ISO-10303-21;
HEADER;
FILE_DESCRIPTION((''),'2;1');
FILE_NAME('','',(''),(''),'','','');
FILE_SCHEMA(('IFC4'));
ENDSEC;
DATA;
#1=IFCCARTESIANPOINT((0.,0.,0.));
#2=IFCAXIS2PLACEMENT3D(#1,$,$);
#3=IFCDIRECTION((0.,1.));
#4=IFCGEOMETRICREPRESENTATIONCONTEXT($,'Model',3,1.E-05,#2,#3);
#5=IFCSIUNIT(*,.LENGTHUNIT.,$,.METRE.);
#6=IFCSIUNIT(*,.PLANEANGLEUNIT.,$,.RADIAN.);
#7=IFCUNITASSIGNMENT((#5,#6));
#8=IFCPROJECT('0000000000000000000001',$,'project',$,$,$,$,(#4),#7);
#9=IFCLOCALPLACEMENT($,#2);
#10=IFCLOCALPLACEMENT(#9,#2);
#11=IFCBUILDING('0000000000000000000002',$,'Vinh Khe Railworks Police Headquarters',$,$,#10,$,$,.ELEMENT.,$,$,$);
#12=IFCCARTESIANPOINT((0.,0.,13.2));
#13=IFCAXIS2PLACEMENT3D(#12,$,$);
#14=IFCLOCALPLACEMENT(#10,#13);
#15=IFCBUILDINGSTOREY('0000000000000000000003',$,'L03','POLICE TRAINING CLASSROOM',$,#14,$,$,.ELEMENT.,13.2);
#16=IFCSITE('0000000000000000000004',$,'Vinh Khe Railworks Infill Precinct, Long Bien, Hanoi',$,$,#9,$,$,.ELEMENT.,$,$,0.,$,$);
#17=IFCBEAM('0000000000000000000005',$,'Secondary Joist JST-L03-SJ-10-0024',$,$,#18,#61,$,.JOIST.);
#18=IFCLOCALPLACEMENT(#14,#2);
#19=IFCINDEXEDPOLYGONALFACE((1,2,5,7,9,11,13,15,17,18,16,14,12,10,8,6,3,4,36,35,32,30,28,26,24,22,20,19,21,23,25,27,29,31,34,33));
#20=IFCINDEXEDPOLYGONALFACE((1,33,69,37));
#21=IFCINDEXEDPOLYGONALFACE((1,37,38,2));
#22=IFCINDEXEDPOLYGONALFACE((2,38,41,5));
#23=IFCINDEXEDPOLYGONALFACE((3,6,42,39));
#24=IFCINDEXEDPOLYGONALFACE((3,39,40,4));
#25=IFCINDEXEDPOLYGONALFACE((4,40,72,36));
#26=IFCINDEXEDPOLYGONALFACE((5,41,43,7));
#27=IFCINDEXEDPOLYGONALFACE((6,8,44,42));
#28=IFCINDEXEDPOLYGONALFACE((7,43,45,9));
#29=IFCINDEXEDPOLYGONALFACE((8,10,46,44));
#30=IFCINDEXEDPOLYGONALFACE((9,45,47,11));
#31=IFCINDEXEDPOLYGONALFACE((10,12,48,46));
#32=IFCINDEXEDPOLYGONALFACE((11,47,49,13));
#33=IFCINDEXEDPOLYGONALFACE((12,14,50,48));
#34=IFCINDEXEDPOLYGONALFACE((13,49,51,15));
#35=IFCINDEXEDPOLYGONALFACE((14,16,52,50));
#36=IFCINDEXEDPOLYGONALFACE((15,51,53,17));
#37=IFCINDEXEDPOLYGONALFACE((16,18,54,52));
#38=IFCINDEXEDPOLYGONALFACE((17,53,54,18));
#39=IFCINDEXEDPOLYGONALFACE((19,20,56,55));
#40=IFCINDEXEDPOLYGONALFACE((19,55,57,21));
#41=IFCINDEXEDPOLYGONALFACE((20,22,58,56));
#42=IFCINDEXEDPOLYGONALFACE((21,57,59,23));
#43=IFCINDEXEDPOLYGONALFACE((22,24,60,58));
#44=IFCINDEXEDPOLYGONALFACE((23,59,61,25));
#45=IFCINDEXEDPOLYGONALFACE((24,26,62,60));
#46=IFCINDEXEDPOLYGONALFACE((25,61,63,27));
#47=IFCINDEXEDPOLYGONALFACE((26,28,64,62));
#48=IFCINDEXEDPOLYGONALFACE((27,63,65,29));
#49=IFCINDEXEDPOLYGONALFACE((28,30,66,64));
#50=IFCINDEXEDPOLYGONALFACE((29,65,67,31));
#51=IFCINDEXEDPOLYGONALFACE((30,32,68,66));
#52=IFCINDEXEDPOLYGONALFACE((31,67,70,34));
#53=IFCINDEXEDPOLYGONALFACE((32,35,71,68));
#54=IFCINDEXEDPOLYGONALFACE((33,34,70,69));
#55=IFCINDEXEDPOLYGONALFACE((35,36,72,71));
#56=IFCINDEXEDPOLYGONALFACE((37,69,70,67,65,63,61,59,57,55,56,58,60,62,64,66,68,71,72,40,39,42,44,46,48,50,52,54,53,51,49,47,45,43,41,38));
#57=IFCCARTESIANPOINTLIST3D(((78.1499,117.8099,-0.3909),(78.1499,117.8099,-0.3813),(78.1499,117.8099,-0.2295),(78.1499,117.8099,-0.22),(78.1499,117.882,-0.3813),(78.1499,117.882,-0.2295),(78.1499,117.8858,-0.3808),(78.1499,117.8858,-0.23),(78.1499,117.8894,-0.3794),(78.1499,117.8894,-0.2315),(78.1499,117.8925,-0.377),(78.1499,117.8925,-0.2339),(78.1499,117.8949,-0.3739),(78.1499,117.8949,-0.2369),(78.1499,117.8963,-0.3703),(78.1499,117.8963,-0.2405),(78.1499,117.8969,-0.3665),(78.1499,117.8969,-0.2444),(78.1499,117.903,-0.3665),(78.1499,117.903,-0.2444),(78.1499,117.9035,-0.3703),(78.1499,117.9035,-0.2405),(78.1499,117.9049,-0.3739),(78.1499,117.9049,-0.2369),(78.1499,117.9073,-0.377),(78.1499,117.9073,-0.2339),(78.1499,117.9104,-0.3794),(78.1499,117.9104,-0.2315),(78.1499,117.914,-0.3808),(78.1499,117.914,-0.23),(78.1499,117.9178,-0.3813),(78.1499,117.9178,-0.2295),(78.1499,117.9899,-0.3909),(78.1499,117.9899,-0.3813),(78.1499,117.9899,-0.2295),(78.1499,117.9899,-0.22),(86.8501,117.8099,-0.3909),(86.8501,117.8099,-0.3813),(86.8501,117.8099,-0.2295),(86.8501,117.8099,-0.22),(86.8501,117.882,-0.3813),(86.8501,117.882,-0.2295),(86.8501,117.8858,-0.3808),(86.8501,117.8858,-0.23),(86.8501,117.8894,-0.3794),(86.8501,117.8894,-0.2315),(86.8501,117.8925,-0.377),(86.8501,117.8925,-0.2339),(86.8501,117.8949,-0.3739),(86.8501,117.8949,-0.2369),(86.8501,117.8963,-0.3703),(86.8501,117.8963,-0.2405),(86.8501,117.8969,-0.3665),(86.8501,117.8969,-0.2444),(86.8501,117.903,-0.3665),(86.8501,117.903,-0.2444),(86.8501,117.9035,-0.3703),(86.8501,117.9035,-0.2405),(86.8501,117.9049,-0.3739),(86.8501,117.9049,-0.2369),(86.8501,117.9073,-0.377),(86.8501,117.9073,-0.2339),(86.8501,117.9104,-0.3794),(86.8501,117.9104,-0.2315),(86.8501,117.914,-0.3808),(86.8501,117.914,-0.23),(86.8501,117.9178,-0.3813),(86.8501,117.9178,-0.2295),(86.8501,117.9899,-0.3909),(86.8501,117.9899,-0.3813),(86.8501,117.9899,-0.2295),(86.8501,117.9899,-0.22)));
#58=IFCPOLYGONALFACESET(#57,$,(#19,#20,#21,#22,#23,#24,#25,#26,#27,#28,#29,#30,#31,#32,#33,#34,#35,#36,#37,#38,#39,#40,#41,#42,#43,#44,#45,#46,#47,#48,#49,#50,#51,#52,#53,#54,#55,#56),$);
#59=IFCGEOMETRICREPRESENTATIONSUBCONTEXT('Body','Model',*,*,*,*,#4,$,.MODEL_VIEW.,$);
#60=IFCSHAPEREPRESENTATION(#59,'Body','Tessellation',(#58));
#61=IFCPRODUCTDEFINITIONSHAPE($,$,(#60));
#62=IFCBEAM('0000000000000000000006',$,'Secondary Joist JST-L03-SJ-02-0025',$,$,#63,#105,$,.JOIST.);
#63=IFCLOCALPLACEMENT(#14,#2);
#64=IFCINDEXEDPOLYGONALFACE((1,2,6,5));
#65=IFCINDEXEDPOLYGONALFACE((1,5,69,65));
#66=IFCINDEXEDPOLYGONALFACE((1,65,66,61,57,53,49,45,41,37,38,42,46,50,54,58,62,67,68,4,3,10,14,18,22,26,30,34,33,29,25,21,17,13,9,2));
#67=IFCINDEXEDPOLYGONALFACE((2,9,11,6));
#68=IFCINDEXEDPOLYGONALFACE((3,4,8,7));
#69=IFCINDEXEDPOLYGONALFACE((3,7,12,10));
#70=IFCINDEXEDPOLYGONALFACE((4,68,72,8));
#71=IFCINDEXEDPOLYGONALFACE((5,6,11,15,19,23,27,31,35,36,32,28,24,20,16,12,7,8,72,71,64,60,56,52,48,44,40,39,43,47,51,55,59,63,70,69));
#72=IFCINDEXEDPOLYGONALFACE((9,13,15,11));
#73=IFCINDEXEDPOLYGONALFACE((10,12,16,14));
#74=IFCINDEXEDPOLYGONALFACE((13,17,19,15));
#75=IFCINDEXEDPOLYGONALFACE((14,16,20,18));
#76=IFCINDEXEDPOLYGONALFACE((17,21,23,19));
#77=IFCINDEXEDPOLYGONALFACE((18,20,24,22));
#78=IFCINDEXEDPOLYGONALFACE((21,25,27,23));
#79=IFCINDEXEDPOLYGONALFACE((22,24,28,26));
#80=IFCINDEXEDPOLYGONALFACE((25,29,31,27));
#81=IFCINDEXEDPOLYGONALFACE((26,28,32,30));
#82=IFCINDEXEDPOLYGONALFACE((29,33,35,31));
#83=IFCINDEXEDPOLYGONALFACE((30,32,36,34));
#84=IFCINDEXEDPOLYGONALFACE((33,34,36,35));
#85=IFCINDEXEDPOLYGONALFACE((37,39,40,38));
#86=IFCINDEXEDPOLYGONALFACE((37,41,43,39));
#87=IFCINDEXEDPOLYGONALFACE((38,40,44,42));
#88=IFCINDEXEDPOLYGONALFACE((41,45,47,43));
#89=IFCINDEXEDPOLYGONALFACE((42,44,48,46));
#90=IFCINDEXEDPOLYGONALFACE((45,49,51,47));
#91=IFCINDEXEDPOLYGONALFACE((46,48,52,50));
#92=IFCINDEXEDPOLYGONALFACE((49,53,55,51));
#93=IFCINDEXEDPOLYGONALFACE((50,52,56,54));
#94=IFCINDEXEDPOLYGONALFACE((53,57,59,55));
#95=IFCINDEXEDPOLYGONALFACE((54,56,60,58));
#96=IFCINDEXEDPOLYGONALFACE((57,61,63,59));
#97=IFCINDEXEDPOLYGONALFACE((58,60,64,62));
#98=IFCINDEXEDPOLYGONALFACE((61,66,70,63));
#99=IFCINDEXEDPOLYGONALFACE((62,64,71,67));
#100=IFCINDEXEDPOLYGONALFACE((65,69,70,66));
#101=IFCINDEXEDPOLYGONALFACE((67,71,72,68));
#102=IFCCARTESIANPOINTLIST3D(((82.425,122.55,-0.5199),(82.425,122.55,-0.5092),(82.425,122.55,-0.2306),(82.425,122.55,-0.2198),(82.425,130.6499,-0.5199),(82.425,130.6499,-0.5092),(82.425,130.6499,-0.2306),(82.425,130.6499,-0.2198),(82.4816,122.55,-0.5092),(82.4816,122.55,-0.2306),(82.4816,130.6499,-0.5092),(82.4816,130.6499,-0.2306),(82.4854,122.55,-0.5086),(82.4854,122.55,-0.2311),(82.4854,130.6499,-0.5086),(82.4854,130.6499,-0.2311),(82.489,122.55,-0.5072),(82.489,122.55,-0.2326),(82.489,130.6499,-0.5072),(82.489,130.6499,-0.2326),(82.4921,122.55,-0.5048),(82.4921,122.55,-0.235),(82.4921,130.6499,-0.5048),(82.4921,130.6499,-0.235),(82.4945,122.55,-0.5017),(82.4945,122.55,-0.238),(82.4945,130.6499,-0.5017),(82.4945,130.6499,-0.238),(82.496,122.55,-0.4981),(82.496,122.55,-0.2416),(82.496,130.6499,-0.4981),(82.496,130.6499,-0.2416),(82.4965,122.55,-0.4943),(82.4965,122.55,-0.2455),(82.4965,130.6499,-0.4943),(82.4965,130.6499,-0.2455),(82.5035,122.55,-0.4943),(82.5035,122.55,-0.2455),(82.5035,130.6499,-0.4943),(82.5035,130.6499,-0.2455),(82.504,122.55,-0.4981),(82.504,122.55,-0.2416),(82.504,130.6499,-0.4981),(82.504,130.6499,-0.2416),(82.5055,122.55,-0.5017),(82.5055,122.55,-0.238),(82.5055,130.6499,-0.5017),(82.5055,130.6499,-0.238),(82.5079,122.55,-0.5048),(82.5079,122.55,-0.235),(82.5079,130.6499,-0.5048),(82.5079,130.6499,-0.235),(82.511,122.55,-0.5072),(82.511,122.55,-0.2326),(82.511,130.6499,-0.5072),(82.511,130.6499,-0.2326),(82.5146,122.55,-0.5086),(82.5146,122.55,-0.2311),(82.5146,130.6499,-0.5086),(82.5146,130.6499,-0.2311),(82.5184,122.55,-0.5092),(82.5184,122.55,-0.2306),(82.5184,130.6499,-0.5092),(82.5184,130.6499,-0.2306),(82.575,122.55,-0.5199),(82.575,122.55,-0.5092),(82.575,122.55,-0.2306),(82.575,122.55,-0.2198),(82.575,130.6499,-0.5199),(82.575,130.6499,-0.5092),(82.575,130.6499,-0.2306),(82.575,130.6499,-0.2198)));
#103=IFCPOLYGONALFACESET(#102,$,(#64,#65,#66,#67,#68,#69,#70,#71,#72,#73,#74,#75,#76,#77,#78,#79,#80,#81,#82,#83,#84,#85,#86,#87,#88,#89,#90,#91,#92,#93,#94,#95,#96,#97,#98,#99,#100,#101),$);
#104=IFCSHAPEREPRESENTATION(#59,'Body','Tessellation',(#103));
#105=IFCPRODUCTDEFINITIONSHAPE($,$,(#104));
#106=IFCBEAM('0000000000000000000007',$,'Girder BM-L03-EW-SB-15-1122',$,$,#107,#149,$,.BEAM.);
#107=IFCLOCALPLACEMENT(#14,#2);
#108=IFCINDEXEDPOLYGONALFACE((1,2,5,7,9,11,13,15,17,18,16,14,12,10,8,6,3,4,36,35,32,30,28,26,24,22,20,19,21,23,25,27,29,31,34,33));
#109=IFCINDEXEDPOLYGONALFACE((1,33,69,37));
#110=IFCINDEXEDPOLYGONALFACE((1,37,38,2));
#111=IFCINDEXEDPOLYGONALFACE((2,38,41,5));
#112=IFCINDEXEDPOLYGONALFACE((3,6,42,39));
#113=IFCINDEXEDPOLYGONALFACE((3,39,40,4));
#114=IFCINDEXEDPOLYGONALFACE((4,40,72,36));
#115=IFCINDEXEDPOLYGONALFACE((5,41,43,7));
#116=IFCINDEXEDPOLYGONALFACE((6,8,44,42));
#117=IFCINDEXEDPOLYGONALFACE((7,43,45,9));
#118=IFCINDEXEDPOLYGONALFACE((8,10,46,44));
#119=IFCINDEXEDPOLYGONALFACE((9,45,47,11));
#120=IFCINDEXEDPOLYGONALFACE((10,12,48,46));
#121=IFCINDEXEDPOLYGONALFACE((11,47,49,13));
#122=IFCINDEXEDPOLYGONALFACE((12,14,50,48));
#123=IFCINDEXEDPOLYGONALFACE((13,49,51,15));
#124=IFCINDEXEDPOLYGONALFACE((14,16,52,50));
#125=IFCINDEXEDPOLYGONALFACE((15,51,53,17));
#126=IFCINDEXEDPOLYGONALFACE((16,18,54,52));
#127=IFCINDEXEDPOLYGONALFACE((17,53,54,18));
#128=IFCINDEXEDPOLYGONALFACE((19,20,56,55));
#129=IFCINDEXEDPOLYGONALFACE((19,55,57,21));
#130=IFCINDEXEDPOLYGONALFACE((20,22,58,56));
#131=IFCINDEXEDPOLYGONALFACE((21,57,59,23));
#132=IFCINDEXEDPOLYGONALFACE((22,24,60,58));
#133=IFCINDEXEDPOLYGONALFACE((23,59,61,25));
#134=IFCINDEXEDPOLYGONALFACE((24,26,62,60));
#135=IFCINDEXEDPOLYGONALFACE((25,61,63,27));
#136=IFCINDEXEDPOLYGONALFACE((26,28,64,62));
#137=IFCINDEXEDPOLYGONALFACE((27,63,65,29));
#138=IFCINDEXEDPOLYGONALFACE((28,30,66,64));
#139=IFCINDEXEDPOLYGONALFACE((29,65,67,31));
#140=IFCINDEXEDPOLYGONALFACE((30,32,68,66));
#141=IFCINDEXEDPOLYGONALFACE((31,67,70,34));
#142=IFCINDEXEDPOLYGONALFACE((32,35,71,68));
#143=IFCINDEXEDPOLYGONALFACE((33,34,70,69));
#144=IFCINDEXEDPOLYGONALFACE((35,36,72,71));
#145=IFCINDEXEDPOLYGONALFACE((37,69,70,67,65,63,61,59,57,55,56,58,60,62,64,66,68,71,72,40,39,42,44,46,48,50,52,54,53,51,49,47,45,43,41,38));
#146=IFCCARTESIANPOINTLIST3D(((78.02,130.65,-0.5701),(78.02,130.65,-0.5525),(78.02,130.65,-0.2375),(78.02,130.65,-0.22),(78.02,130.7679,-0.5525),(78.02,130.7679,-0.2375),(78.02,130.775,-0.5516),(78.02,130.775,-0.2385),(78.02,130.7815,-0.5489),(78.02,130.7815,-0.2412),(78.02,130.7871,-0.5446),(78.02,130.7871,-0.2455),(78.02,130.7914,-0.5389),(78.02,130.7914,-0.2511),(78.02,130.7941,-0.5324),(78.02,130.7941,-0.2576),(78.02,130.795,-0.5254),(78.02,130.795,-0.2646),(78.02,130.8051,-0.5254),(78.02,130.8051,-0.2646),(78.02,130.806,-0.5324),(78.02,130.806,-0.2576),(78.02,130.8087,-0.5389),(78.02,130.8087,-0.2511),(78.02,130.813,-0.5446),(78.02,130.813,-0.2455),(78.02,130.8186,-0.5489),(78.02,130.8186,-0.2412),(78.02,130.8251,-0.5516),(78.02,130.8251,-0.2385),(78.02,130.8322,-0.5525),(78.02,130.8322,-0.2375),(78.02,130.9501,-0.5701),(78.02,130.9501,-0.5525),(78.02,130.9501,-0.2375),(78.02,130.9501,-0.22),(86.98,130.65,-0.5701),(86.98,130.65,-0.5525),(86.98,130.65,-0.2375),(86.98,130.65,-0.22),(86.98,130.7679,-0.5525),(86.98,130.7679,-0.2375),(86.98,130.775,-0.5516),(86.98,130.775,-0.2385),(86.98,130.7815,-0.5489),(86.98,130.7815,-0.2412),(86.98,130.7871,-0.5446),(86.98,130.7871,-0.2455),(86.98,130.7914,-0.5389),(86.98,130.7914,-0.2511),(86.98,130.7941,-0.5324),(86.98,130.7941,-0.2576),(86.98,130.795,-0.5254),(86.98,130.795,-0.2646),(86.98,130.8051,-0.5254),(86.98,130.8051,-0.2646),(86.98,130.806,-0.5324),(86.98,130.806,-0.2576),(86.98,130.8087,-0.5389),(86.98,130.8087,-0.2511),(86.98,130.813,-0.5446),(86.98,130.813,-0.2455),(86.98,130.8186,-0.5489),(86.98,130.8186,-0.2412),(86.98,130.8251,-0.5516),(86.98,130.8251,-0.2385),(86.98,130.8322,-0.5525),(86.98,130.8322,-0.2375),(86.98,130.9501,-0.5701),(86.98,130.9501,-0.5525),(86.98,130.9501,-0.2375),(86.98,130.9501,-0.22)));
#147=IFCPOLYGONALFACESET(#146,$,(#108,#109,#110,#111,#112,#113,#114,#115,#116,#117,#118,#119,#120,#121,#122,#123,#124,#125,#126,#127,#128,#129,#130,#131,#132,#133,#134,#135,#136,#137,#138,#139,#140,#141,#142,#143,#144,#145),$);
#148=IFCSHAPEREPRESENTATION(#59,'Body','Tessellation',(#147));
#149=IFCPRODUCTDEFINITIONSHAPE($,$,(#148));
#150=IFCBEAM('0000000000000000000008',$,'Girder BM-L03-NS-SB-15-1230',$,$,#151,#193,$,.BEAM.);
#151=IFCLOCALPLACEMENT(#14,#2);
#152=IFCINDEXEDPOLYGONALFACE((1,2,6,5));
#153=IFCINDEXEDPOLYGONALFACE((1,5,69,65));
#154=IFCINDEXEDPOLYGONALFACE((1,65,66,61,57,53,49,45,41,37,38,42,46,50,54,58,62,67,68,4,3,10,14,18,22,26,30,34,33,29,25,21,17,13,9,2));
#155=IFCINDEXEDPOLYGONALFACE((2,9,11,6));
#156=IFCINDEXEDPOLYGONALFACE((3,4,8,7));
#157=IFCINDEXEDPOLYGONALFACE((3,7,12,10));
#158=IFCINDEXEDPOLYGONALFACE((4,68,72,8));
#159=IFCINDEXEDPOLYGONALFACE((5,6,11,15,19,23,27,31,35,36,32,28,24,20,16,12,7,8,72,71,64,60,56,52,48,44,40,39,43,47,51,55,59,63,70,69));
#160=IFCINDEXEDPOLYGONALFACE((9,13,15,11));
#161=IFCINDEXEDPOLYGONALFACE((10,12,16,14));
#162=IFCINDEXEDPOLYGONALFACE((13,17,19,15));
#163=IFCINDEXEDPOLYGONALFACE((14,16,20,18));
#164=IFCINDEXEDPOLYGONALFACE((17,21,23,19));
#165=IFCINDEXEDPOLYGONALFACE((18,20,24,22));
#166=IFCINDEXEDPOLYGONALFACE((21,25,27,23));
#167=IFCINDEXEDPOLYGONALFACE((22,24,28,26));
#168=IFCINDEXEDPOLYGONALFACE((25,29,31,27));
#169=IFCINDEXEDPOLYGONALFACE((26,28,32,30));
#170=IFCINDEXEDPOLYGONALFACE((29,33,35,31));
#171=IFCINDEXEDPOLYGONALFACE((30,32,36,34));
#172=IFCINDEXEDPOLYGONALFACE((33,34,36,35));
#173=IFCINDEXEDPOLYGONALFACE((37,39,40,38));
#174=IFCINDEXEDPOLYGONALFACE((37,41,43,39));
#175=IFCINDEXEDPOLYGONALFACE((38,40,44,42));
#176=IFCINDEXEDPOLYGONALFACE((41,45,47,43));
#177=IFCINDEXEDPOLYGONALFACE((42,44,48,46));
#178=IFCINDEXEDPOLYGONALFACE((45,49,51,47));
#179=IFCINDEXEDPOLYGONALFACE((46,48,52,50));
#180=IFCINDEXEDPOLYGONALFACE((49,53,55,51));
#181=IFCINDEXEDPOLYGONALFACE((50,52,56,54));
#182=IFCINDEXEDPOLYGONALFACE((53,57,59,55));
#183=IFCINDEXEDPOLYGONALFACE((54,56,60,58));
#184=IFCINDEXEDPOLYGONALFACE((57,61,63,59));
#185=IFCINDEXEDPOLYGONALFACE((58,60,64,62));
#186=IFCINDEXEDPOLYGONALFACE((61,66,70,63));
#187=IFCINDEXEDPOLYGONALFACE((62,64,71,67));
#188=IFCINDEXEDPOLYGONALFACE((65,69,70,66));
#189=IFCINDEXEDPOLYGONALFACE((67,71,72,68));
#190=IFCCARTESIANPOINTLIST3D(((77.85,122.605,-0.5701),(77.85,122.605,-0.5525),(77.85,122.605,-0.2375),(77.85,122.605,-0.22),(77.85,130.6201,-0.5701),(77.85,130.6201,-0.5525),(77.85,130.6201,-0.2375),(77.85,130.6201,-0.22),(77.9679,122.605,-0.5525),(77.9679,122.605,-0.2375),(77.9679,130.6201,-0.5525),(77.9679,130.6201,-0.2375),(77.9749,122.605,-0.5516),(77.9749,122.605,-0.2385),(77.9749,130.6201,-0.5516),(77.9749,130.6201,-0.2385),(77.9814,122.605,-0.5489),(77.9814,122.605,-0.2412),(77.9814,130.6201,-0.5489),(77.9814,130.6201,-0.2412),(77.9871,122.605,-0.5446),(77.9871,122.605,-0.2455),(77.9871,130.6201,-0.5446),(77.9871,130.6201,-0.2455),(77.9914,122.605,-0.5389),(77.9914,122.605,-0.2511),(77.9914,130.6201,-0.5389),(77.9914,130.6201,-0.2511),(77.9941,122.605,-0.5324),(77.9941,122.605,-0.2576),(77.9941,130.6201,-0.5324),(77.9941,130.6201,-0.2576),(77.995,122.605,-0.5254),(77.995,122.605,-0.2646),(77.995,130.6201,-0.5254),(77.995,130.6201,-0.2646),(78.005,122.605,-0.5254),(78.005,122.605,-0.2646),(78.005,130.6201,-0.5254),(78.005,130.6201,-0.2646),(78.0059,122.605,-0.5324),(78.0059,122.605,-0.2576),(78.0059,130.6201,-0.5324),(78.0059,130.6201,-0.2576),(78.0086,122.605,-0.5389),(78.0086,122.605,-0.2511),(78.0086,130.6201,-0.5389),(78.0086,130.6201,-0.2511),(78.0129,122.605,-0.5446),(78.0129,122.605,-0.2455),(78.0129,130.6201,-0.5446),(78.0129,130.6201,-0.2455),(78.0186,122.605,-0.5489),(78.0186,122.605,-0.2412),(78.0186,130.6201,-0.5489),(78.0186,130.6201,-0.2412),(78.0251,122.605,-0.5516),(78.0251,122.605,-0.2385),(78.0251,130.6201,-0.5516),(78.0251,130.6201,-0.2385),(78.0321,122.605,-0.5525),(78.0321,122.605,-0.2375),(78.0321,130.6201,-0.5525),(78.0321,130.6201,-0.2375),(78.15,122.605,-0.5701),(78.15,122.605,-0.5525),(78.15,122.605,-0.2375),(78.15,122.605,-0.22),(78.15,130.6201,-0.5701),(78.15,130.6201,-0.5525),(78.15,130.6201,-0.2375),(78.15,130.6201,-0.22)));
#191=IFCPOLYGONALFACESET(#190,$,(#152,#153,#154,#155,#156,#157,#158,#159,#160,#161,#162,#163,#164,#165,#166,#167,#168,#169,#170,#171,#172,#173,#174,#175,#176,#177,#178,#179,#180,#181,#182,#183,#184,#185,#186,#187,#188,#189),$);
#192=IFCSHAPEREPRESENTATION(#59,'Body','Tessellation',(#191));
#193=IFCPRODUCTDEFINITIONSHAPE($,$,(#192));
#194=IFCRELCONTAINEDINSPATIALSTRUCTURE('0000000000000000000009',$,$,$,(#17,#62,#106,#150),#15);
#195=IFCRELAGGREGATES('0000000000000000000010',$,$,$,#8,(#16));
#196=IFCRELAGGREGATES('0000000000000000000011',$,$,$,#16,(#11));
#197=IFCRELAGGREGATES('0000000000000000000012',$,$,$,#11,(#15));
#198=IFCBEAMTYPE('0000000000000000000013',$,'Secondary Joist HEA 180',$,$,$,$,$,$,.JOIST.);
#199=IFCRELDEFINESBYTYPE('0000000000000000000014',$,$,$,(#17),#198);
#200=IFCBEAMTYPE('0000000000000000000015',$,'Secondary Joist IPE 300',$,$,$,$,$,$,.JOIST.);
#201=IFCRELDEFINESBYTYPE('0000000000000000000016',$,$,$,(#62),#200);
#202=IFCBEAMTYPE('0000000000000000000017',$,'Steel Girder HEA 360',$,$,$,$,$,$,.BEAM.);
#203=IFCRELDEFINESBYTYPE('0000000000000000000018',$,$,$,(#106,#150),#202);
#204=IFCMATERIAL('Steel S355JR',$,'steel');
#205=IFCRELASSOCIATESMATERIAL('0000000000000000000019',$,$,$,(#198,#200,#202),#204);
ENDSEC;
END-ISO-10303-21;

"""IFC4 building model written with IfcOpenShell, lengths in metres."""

from ifc_helpers import new_model, si_unit, direction, frame, origin, origin_2d, place, context, subcontext, project, spatial, i_section, extrude, material, material_profile, profile_set, type_object, element, save


model = new_model("IFC4")

# Units and contexts
model_context = context("Model", 3, precision=1e-05, world=origin(), true_north=direction((0.0, 1.0)))
body_context = subcontext(model_context, "Body", "Model", "MODEL_VIEW")
ifc_project = project(units=[si_unit("LENGTHUNIT", "METRE"), si_unit("PLANEANGLEUNIT", "RADIAN")], contexts=[model_context])

# Site, building, storey
site_placement = place(None, origin())
site = spatial("IfcSite", under=ifc_project, at=site_placement, Name="Vinh Khe Railworks Infill Precinct, Long Bien, Hanoi", CompositionType="ELEMENT", RefElevation=0.0)
building_placement = place(site_placement, origin())
building = spatial("IfcBuilding", under=site, at=building_placement, Name="Vinh Khe Railworks Police Headquarters", CompositionType="ELEMENT")
storey_placement = place(building_placement, frame((0.0, 0.0, 13.2)))
storey = spatial("IfcBuildingStorey", under=building, at=storey_placement, Name="L03", Description="POLICE TRAINING CLASSROOM", CompositionType="ELEMENT", Elevation=13.2)

# Shared definitions
ifc_material_1 = material(Name="Steel S355JR", Category="steel")

# Beams
ifc_material_profile_1 = material_profile(ifc_material_1, i_section(OverallWidth=0.1799, OverallDepth=0.1709, WebThickness=0.0061, FlangeThickness=0.0095, FilletRadius=0.0149, at=origin_2d()), Name="HEA 180")
ifc_profile_set_1 = profile_set([ifc_material_profile_1], Name="Steel S355JR")
beam_type_1 = type_object("IfcBeamType", Name="Secondary Joist HEA 180", PredefinedType="JOIST", material=ifc_profile_set_1)
beam_1_placement = place(storey_placement, frame((78.1499, 117.8999, -0.3054), z_axis=(1.0, 0.0, 0.0), x_axis=(0.0, 1.0, 0.0)))
element("IfcBeam", 1, at=beam_1_placement, inside=storey, type_object=beam_type_1, Name="Secondary Joist JST-L03-SJ-10-0024", PredefinedType="JOIST", context=body_context, shape_type="SweptSolid", body=[
    extrude(i_section(OverallWidth=0.1799, OverallDepth=0.1709, WebThickness=0.0061, FlangeThickness=0.0095, FilletRadius=0.0149, at=origin_2d()), origin(), (0.0, 0.0, 1.0), 8.7002),
])
ifc_material_profile_2 = material_profile(ifc_material_1, i_section(OverallWidth=0.1499, OverallDepth=0.3, WebThickness=0.0071, FlangeThickness=0.0107, FilletRadius=0.0149, at=origin_2d()), Name="IPE 300")
ifc_profile_set_2 = profile_set([ifc_material_profile_2], Name="Steel S355JR")
beam_type_2 = type_object("IfcBeamType", Name="Secondary Joist IPE 300", PredefinedType="JOIST", material=ifc_profile_set_2)
beam_2_placement = place(storey_placement, frame((82.5, 122.55, -0.3699), z_axis=(0.0, 1.0, 0.0), x_axis=(-1.0, 0.0, 0.0)))
element("IfcBeam", 2, at=beam_2_placement, inside=storey, type_object=beam_type_2, Name="Secondary Joist JST-L03-SJ-02-0025", PredefinedType="JOIST", context=body_context, shape_type="SweptSolid", body=[
    extrude(i_section(OverallWidth=0.1499, OverallDepth=0.3, WebThickness=0.0071, FlangeThickness=0.0107, FilletRadius=0.0149, at=origin_2d()), origin(), (0.0, 0.0, 1.0), 8.0999),
])
ifc_material_profile_3 = material_profile(ifc_material_1, i_section(OverallWidth=0.3, OverallDepth=0.3501, WebThickness=0.01, FlangeThickness=0.0176, FilletRadius=0.0271, at=origin_2d()), Name="HEA 360")
ifc_profile_set_3 = profile_set([ifc_material_profile_3], Name="Steel S355JR")
beam_type_3 = type_object("IfcBeamType", Name="Steel Girder HEA 360", PredefinedType="BEAM", material=ifc_profile_set_3)
beam_3_placement = place(storey_placement, frame((78.02, 130.8, -0.395), z_axis=(1.0, 0.0, 0.0), x_axis=(0.0, 1.0, 0.0)))
element("IfcBeam", 3, at=beam_3_placement, inside=storey, type_object=beam_type_3, Name="Girder BM-L03-EW-SB-15-1122", PredefinedType="BEAM", context=body_context, shape_type="SweptSolid", body=[
    extrude(i_section(OverallWidth=0.3, OverallDepth=0.3501, WebThickness=0.01, FlangeThickness=0.0176, FilletRadius=0.0271, at=origin_2d()), origin(), (0.0, 0.0, 1.0), 8.96),
])
beam_4_placement = place(storey_placement, frame((78.0, 122.605, -0.395), z_axis=(0.0, 1.0, 0.0), x_axis=(-1.0, 0.0, 0.0)))
element("IfcBeam", 4, at=beam_4_placement, inside=storey, type_object=beam_type_3, Name="Girder BM-L03-NS-SB-15-1230", PredefinedType="BEAM", context=body_context, shape_type="SweptSolid", body=[
    extrude(i_section(OverallWidth=0.3, OverallDepth=0.3501, WebThickness=0.01, FlangeThickness=0.0176, FilletRadius=0.0271, at=origin_2d()), origin(), (0.0, 0.0, 1.0), 8.0151),
])

save(model, "model.ifc")
